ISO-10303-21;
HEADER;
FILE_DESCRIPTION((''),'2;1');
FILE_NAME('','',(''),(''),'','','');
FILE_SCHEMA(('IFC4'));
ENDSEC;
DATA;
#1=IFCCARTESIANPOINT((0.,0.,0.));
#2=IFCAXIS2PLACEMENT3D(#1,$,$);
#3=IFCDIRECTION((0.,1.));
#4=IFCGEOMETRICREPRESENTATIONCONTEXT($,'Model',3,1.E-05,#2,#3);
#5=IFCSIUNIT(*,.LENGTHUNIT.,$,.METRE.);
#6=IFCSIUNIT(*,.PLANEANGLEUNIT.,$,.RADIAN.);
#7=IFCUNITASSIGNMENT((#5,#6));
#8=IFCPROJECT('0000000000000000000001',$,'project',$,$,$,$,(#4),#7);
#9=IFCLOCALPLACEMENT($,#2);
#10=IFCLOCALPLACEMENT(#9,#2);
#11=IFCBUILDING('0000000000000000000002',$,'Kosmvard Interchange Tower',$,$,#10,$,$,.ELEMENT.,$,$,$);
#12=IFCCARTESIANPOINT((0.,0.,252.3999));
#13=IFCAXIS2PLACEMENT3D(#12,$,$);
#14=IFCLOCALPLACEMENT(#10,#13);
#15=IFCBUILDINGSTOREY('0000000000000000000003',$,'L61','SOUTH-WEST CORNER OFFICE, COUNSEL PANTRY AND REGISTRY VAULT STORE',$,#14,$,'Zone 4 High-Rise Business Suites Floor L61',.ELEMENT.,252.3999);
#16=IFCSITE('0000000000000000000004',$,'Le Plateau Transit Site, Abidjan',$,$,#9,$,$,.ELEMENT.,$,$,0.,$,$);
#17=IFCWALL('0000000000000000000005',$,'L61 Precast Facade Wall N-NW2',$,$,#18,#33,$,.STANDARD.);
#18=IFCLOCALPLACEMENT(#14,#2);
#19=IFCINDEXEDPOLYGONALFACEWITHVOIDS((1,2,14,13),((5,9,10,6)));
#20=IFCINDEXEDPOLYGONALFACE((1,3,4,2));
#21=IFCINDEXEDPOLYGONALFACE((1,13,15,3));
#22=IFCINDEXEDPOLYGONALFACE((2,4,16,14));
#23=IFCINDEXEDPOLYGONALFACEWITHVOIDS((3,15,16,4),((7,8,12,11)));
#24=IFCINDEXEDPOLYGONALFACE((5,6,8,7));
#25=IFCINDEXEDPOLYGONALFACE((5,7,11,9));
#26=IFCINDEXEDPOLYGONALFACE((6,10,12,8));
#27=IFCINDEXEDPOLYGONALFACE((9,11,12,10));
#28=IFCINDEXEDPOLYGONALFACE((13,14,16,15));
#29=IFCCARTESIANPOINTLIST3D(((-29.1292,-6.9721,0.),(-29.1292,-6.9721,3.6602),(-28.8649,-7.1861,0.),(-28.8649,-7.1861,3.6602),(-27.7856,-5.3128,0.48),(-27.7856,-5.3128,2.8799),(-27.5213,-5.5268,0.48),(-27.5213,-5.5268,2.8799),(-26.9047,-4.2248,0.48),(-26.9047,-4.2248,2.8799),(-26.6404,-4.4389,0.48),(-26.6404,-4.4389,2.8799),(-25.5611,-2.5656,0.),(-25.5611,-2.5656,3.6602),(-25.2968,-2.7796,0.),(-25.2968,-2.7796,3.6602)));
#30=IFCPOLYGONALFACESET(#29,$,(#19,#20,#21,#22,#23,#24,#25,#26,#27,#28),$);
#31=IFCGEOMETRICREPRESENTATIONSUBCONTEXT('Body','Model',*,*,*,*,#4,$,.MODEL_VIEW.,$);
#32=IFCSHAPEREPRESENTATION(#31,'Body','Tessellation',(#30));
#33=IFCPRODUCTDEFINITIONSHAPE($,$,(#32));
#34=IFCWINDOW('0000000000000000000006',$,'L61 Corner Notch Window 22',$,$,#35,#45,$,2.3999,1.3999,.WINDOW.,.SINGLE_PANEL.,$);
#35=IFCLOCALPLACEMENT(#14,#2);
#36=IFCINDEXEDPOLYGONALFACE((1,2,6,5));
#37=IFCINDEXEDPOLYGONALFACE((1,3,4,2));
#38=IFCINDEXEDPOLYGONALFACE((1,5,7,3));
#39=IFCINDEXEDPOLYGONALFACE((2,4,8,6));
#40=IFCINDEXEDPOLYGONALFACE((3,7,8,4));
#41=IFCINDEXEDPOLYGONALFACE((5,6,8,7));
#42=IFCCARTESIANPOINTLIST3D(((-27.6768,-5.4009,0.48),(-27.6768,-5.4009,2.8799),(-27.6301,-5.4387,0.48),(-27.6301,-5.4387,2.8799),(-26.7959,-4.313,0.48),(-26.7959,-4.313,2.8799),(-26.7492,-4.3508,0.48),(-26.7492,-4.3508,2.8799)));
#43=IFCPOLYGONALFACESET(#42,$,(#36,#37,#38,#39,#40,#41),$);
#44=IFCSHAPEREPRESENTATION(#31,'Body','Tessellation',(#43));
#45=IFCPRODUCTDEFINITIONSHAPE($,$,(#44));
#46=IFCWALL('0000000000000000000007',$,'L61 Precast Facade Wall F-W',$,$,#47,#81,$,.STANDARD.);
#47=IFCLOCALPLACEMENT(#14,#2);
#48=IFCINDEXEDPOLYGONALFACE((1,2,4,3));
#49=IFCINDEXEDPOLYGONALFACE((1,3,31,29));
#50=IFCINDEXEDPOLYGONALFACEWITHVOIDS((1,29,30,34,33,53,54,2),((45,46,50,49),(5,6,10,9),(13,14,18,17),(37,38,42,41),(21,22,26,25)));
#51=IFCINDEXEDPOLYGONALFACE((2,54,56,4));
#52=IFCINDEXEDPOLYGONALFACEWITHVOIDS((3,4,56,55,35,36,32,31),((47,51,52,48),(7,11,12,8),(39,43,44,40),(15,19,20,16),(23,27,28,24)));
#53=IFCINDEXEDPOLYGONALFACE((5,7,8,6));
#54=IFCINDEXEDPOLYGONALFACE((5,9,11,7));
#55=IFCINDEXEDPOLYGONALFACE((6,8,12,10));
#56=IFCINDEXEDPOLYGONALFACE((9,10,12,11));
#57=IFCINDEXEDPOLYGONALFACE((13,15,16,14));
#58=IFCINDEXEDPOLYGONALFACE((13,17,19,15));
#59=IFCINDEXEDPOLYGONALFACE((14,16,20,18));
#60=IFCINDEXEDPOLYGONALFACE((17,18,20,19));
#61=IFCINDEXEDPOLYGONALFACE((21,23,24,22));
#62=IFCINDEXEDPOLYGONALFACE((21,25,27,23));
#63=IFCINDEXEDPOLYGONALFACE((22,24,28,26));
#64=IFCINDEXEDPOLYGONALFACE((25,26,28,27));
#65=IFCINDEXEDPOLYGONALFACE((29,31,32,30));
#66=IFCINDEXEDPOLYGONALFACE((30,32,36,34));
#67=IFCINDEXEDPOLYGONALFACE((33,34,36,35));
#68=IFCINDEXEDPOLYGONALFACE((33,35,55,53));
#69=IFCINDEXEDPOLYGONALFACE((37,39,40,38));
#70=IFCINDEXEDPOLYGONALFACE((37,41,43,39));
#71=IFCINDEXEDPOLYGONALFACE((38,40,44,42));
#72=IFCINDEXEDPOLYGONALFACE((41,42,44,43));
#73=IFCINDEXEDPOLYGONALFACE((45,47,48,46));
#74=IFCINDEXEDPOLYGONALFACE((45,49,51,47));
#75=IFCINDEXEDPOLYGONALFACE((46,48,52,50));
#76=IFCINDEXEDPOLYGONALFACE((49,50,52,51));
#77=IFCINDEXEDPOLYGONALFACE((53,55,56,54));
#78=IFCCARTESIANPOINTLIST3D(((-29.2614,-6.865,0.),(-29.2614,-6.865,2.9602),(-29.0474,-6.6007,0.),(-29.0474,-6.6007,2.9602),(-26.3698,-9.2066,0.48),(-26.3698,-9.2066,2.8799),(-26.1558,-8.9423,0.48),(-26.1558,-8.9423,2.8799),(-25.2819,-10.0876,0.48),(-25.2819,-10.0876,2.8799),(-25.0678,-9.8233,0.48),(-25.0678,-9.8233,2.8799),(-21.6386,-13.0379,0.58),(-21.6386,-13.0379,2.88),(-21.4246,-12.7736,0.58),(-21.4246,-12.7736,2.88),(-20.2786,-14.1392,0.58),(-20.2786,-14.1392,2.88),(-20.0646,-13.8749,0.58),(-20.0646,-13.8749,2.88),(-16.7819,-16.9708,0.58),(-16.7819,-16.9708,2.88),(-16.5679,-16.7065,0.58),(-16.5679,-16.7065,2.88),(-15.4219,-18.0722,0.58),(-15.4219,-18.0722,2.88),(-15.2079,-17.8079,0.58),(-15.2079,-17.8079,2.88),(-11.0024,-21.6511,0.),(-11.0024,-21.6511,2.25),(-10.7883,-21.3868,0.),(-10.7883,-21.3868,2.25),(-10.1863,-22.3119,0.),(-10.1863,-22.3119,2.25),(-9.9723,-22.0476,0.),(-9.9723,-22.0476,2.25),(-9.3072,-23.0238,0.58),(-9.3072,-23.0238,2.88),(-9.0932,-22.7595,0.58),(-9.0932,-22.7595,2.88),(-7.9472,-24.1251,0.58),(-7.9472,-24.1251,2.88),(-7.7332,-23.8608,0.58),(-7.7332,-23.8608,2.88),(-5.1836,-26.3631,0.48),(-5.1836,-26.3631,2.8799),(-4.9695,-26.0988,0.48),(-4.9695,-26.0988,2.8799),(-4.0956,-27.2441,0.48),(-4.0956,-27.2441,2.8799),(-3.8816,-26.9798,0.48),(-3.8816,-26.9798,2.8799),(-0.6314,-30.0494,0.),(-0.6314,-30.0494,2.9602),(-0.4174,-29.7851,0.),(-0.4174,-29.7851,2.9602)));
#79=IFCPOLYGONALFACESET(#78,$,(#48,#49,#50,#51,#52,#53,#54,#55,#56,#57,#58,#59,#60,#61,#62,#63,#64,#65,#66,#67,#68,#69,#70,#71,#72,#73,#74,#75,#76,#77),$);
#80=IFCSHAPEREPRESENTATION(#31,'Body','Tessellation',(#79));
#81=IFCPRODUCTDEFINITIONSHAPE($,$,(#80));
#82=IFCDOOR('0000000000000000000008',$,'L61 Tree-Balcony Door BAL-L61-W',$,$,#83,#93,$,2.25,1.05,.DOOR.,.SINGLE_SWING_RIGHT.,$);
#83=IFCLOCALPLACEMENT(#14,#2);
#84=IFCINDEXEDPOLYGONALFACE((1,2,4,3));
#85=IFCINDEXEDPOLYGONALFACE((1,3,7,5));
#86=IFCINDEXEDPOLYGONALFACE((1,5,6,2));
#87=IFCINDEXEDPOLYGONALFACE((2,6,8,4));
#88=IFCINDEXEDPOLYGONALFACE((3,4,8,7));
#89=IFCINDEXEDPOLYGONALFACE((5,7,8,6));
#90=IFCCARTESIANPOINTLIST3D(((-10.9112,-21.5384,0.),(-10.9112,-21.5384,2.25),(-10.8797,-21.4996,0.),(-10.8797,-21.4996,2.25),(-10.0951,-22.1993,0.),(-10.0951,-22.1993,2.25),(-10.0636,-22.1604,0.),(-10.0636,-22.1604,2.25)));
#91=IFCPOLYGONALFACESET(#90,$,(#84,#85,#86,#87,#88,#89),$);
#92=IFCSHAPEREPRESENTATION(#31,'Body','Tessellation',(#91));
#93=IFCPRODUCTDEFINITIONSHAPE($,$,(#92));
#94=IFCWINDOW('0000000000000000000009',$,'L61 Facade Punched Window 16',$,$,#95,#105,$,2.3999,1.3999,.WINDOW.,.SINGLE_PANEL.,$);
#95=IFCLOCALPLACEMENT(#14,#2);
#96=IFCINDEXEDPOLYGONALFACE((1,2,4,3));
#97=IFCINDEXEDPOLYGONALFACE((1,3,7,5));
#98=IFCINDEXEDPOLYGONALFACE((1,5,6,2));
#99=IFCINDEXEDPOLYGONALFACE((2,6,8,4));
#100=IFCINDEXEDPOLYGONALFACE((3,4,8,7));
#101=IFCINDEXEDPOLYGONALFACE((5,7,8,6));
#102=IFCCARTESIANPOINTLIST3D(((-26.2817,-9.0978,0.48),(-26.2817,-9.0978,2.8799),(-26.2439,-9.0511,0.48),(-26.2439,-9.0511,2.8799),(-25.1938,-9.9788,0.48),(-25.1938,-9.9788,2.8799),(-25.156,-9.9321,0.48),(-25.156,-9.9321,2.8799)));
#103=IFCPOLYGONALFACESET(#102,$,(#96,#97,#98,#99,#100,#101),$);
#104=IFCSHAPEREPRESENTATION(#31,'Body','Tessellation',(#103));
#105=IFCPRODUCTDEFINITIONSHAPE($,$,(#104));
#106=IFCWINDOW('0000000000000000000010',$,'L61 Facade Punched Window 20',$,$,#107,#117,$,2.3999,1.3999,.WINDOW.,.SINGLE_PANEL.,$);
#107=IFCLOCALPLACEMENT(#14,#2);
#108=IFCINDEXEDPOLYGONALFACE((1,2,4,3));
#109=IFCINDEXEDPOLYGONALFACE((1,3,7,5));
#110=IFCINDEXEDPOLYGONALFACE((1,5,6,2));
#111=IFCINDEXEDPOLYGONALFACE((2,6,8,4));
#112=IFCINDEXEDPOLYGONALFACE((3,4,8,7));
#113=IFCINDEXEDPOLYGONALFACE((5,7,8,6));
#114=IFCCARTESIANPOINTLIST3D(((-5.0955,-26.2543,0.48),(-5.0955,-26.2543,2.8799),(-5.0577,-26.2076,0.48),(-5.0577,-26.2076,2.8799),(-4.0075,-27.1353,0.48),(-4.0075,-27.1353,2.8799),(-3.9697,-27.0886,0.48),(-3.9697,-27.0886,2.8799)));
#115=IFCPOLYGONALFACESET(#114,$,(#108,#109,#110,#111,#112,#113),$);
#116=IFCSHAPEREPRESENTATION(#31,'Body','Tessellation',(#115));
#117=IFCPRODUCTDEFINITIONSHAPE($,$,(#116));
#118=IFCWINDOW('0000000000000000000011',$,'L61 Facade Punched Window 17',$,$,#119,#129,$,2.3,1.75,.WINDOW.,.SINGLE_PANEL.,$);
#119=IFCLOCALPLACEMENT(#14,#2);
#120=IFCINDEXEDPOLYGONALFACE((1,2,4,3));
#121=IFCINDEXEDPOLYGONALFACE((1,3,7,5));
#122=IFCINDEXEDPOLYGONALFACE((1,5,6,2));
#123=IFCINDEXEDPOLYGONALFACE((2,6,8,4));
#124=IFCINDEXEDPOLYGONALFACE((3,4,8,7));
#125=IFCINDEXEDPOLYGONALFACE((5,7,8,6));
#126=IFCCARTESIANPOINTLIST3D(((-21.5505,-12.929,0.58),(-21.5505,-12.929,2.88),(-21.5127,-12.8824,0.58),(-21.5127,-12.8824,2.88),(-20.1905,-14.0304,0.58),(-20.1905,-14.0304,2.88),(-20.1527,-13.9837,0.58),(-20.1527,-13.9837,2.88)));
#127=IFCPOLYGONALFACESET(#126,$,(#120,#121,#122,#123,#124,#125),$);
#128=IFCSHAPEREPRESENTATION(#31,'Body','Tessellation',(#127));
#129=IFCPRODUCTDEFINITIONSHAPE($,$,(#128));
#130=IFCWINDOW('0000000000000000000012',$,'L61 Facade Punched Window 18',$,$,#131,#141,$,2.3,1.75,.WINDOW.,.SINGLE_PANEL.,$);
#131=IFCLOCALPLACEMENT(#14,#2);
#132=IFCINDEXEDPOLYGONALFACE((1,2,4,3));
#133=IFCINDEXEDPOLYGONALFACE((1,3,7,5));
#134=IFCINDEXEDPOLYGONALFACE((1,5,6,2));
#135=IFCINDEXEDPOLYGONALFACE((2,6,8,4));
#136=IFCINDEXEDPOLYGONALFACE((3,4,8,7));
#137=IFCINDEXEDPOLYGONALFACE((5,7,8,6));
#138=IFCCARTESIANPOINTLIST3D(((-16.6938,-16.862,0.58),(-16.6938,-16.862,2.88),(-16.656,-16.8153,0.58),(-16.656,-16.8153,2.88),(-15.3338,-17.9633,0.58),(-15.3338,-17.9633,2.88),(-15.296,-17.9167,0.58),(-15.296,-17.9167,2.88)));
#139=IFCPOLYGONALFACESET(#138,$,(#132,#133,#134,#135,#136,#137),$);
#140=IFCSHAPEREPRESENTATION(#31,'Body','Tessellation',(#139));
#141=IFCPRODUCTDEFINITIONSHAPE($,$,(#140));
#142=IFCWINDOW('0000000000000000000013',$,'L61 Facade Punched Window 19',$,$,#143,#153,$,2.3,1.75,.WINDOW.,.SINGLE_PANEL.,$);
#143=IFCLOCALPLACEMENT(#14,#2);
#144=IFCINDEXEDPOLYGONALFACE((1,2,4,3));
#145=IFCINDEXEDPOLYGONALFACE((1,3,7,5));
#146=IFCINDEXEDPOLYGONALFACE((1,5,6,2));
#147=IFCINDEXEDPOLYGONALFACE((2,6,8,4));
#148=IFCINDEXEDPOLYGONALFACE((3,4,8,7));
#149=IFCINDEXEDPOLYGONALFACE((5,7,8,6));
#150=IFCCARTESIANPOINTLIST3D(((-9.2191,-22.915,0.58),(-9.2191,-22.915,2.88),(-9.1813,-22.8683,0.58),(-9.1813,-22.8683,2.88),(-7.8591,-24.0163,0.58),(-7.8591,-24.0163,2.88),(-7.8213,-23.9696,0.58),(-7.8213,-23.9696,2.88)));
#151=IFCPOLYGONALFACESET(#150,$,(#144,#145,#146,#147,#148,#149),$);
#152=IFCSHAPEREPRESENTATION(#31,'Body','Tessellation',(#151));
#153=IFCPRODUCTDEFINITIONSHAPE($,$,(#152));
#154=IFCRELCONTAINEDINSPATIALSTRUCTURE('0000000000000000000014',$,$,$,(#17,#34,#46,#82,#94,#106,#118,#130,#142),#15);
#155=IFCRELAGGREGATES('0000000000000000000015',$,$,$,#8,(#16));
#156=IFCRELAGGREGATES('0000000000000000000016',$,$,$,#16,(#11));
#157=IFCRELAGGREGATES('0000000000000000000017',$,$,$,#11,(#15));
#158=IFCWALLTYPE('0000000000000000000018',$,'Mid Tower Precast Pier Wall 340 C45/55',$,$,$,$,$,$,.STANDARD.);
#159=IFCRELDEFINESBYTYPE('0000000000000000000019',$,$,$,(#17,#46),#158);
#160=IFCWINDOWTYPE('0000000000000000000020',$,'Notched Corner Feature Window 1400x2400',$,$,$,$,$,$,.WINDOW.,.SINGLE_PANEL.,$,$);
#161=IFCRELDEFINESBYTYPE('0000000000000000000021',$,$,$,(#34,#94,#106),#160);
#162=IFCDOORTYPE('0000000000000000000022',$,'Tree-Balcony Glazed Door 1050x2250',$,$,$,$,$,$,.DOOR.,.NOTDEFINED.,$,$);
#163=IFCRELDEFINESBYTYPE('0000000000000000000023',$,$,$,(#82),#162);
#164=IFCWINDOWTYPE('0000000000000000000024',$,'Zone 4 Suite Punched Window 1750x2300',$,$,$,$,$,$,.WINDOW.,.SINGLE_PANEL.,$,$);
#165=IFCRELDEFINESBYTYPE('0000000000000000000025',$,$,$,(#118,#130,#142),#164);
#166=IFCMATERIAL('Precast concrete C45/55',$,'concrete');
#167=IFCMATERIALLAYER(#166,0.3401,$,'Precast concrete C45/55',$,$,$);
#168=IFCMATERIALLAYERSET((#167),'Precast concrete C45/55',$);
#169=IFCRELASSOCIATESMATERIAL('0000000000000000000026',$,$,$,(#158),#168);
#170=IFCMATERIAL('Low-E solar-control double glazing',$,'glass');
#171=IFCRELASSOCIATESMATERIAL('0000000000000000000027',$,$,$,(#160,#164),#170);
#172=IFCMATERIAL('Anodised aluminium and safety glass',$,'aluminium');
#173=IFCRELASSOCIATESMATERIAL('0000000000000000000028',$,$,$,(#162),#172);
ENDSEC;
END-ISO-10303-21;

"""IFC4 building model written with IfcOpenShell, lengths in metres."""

from ifc_helpers import new_model, si_unit, direction, frame, frame_2d, origin, place, context, subcontext, project, spatial, rectangle, extrude, source, transform, mapped, material, layer, layer_set, type_object, element, fill, save


model = new_model("IFC4")

# Units and contexts
model_context = context("Model", 3, precision=1e-05, world=origin(), true_north=direction((0.0, 1.0)))
body_context = subcontext(model_context, "Body", "Model", "MODEL_VIEW")
ifc_project = project(units=[si_unit("LENGTHUNIT", "METRE"), si_unit("PLANEANGLEUNIT", "RADIAN")], contexts=[model_context])

# Site, building, storey
site_placement = place(None, origin())
site = spatial("IfcSite", under=ifc_project, at=site_placement, Name="Le Plateau Transit Site, Abidjan", CompositionType="ELEMENT", RefElevation=0.0)
building_placement = place(site_placement, origin())
building = spatial("IfcBuilding", under=site, at=building_placement, Name="Kosmvard Interchange Tower", CompositionType="ELEMENT")
storey_placement = place(building_placement, frame((0.0, 0.0, 252.3999)))
storey = spatial("IfcBuildingStorey", under=building, at=storey_placement, Name="L61", Description="SOUTH-WEST CORNER OFFICE, COUNSEL PANTRY AND REGISTRY VAULT STORE", LongName="Zone 4 High-Rise Business Suites Floor L61", CompositionType="ELEMENT", Elevation=252.3999)

# Wall, opening, window
ifc_material_1 = material(Name="Precast concrete C45/55", Category="concrete")
ifc_layer_1 = layer(ifc_material_1, 0.3401, Name="Precast concrete C45/55")
ifc_layer_set_1 = layer_set([ifc_layer_1], Name="Precast concrete C45/55")
wall_type_1 = type_object("IfcWallType", Name="Mid Tower Precast Pier Wall 340 C45/55", PredefinedType="STANDARD", material=ifc_layer_set_1)
wall_1_placement = place(storey_placement, frame((-25.429, -2.6726, 0.0), z_axis=(0.0, 0.0, 1.0), x_axis=(-0.6293, -0.777163, 0.0)))
wall_1 = element("IfcWall", 1, at=wall_1_placement, inside=storey, type_object=wall_type_1, Name="L61 Precast Facade Wall N-NW2", PredefinedType="STANDARD", context=body_context, shape_type="SweptSolid", body=[
    extrude(rectangle(XDim=5.6699, YDim=0.3401, at=frame_2d((2.835, 0.0))), origin(), (0.0, 0.0, 1.0), 3.6602),
])
opening_1_placement = place(wall_1_placement, frame((2.135, 0.0, 0.48)))
opening_1 = element("IfcOpeningElement", 2, at=opening_1_placement, cuts=wall_1, PredefinedType="OPENING", context=body_context, shape_type="SweptSolid", body=[
    extrude(rectangle(XDim=1.3999, YDim=2.3999, at=frame_2d((0.7, 1.2))), frame((0.0, 0.1802, 0.0), z_axis=(0.0, -1.0, 0.0), x_axis=(1.0, 0.0, 0.0)), (0.0, 0.0, 1.0), 0.3601),
])
ifc_material_2 = material(Name="Low-E solar-control double glazing", Category="glass")
window_type_1 = type_object("IfcWindowType", Name="Notched Corner Feature Window 1400x2400", PartitioningType="SINGLE_PANEL", PredefinedType="WINDOW", material=ifc_material_2)
shared_shape_1 = source(origin(), body_context, "Body", "SweptSolid", [
    extrude(rectangle(XDim=1.3999, YDim=2.3999, at=frame_2d((0.7, 1.2))), frame((0.0, 0.03, 0.0), z_axis=(0.0, -1.0, 0.0), x_axis=(1.0, 0.0, 0.0)), (0.0, 0.0, 1.0), 0.0601),
])
window_1_placement = place(opening_1_placement, origin())
window_1 = element("IfcWindow", 3, at=window_1_placement, inside=storey, type_object=window_type_1, Name="L61 Corner Notch Window 22", OverallHeight=2.3999, OverallWidth=1.3999, PartitioningType="SINGLE_PANEL", PredefinedType="WINDOW", context=body_context, shape_type="MappedRepresentation", body=[
    mapped(shared_shape_1, transform((0.0, 0.0, 0.0), scale=1.0)),
])
fill(opening_1, window_1)

# Wall, openings, door, windows
wall_2_placement = place(storey_placement, frame((-29.1543, -6.7329, 0.0), z_axis=(0.0, 0.0, 1.0), x_axis=(0.777142, -0.629325, 0.0)))
wall_2 = element("IfcWall", 4, at=wall_2_placement, inside=storey, type_object=wall_type_1, Name="L61 Precast Facade Wall F-W", PredefinedType="STANDARD", context=body_context, shape_type="SweptSolid", body=[
    extrude(rectangle(XDim=36.8401, YDim=0.3401, at=frame_2d((18.4199, 0.0))), origin(), (0.0, 0.0, 1.0), 2.9602),
])
opening_2_placement = place(wall_2_placement, frame((23.4951, 0.0, 0.0)))
opening_2 = element("IfcOpeningElement", 5, at=opening_2_placement, cuts=wall_2, PredefinedType="OPENING", context=body_context, shape_type="SweptSolid", body=[
    extrude(rectangle(XDim=1.05, YDim=2.25, at=frame_2d((0.5249, 1.125))), frame((0.0, 0.1802, 0.0), z_axis=(0.0, -1.0, 0.0), x_axis=(1.0, 0.0, 0.0)), (0.0, 0.0, 1.0), 0.3601),
])
opening_3_placement = place(wall_2_placement, frame((3.7207, 0.0, 0.48)))
opening_3 = element("IfcOpeningElement", 6, at=opening_3_placement, cuts=wall_2, PredefinedType="OPENING", context=body_context, shape_type="SweptSolid", body=[
    extrude(rectangle(XDim=1.3999, YDim=2.3999, at=frame_2d((0.7, 1.2))), frame((0.0, 0.1802, 0.0), z_axis=(0.0, -1.0, 0.0), x_axis=(1.0, 0.0, 0.0)), (0.0, 0.0, 1.0), 0.3601),
])
opening_4_placement = place(wall_2_placement, frame((9.8086, 0.0, 0.5801)))
opening_4 = element("IfcOpeningElement", 7, at=opening_4_placement, cuts=wall_2, PredefinedType="OPENING", context=body_context, shape_type="SweptSolid", body=[
    extrude(rectangle(XDim=1.75, YDim=2.3, at=frame_2d((0.875, 1.1499))), frame((0.0, 0.1802, 0.0), z_axis=(0.0, -1.0, 0.0), x_axis=(1.0, 0.0, 0.0)), (0.0, 0.0, 1.0), 0.3601),
])
opening_5_placement = place(wall_2_placement, frame((16.0581, 0.0, 0.5801)))
opening_5 = element("IfcOpeningElement", 8, at=opening_5_placement, cuts=wall_2, PredefinedType="OPENING", context=body_context, shape_type="SweptSolid", body=[
    extrude(rectangle(XDim=1.75, YDim=2.3, at=frame_2d((0.875, 1.1499))), frame((0.0, 0.1802, 0.0), z_axis=(0.0, -1.0, 0.0), x_axis=(1.0, 0.0, 0.0)), (0.0, 0.0, 1.0), 0.3601),
])
opening_6_placement = place(wall_2_placement, frame((25.6763, 0.0, 0.5801)))
opening_6 = element("IfcOpeningElement", 9, at=opening_6_placement, cuts=wall_2, PredefinedType="OPENING", context=body_context, shape_type="SweptSolid", body=[
    extrude(rectangle(XDim=1.75, YDim=2.3, at=frame_2d((0.875, 1.1499))), frame((0.0, 0.1802, 0.0), z_axis=(0.0, -1.0, 0.0), x_axis=(1.0, 0.0, 0.0)), (0.0, 0.0, 1.0), 0.3601),
])
opening_7_placement = place(wall_2_placement, frame((30.9824, 0.0, 0.48)))
opening_7 = element("IfcOpeningElement", 10, at=opening_7_placement, cuts=wall_2, PredefinedType="OPENING", context=body_context, shape_type="SweptSolid", body=[
    extrude(rectangle(XDim=1.3999, YDim=2.3999, at=frame_2d((0.7, 1.2))), frame((0.0, 0.1802, 0.0), z_axis=(0.0, -1.0, 0.0), x_axis=(1.0, 0.0, 0.0)), (0.0, 0.0, 1.0), 0.3601),
])
ifc_material_3 = material(Name="Anodised aluminium and safety glass", Category="aluminium")
door_type = type_object("IfcDoorType", Name="Tree-Balcony Glazed Door 1050x2250", OperationType="NOTDEFINED", PredefinedType="DOOR", material=ifc_material_3)
shared_shape_2 = source(origin(), body_context, "Body", "SweptSolid", [
    extrude(rectangle(XDim=1.05, YDim=2.25, at=frame_2d((0.5249, 1.125))), frame((0.0, 0.0249, 0.0), z_axis=(0.0, -1.0, 0.0), x_axis=(1.0, 0.0, 0.0)), (0.0, 0.0, 1.0), 0.05),
])
door_placement = place(opening_2_placement, origin())
door = element("IfcDoor", 11, at=door_placement, inside=storey, type_object=door_type, Name="L61 Tree-Balcony Door BAL-L61-W", OperationType="SINGLE_SWING_RIGHT", OverallHeight=2.25, OverallWidth=1.05, PredefinedType="DOOR", context=body_context, shape_type="MappedRepresentation", body=[
    mapped(shared_shape_2, transform((0.0, 0.0, 0.0), scale=1.0)),
])
fill(opening_2, door)
window_2_placement = place(opening_3_placement, origin())
window_2 = element("IfcWindow", 12, at=window_2_placement, inside=storey, type_object=window_type_1, Name="L61 Facade Punched Window 16", OverallHeight=2.3999, OverallWidth=1.3999, PartitioningType="SINGLE_PANEL", PredefinedType="WINDOW", context=body_context, shape_type="MappedRepresentation", body=[
    mapped(shared_shape_1, transform((0.0, 0.0, 0.0), scale=1.0)),
])
fill(opening_3, window_2)
window_3_placement = place(opening_7_placement, origin())
window_3 = element("IfcWindow", 13, at=window_3_placement, inside=storey, type_object=window_type_1, Name="L61 Facade Punched Window 20", OverallHeight=2.3999, OverallWidth=1.3999, PartitioningType="SINGLE_PANEL", PredefinedType="WINDOW", context=body_context, shape_type="MappedRepresentation", body=[
    mapped(shared_shape_1, transform((0.0, 0.0, 0.0), scale=1.0)),
])
fill(opening_7, window_3)
window_type_2 = type_object("IfcWindowType", Name="Zone 4 Suite Punched Window 1750x2300", PartitioningType="SINGLE_PANEL", PredefinedType="WINDOW", material=ifc_material_2)
shared_shape_3 = source(origin(), body_context, "Body", "SweptSolid", [
    extrude(rectangle(XDim=1.75, YDim=2.3, at=frame_2d((0.875, 1.1499))), frame((0.0, 0.03, 0.0), z_axis=(0.0, -1.0, 0.0), x_axis=(1.0, 0.0, 0.0)), (0.0, 0.0, 1.0), 0.0601),
])
window_4_placement = place(opening_4_placement, origin())
window_4 = element("IfcWindow", 14, at=window_4_placement, inside=storey, type_object=window_type_2, Name="L61 Facade Punched Window 17", OverallHeight=2.3, OverallWidth=1.75, PartitioningType="SINGLE_PANEL", PredefinedType="WINDOW", context=body_context, shape_type="MappedRepresentation", body=[
    mapped(shared_shape_3, transform((0.0, 0.0, 0.0), scale=1.0)),
])
fill(opening_4, window_4)
window_5_placement = place(opening_5_placement, origin())
window_5 = element("IfcWindow", 15, at=window_5_placement, inside=storey, type_object=window_type_2, Name="L61 Facade Punched Window 18", OverallHeight=2.3, OverallWidth=1.75, PartitioningType="SINGLE_PANEL", PredefinedType="WINDOW", context=body_context, shape_type="MappedRepresentation", body=[
    mapped(shared_shape_3, transform((0.0, 0.0, 0.0), scale=1.0)),
])
fill(opening_5, window_5)
window_6_placement = place(opening_6_placement, origin())
window_6 = element("IfcWindow", 16, at=window_6_placement, inside=storey, type_object=window_type_2, Name="L61 Facade Punched Window 19", OverallHeight=2.3, OverallWidth=1.75, PartitioningType="SINGLE_PANEL", PredefinedType="WINDOW", context=body_context, shape_type="MappedRepresentation", body=[
    mapped(shared_shape_3, transform((0.0, 0.0, 0.0), scale=1.0)),
])
fill(opening_6, window_6)

save(model, "model.ifc")
